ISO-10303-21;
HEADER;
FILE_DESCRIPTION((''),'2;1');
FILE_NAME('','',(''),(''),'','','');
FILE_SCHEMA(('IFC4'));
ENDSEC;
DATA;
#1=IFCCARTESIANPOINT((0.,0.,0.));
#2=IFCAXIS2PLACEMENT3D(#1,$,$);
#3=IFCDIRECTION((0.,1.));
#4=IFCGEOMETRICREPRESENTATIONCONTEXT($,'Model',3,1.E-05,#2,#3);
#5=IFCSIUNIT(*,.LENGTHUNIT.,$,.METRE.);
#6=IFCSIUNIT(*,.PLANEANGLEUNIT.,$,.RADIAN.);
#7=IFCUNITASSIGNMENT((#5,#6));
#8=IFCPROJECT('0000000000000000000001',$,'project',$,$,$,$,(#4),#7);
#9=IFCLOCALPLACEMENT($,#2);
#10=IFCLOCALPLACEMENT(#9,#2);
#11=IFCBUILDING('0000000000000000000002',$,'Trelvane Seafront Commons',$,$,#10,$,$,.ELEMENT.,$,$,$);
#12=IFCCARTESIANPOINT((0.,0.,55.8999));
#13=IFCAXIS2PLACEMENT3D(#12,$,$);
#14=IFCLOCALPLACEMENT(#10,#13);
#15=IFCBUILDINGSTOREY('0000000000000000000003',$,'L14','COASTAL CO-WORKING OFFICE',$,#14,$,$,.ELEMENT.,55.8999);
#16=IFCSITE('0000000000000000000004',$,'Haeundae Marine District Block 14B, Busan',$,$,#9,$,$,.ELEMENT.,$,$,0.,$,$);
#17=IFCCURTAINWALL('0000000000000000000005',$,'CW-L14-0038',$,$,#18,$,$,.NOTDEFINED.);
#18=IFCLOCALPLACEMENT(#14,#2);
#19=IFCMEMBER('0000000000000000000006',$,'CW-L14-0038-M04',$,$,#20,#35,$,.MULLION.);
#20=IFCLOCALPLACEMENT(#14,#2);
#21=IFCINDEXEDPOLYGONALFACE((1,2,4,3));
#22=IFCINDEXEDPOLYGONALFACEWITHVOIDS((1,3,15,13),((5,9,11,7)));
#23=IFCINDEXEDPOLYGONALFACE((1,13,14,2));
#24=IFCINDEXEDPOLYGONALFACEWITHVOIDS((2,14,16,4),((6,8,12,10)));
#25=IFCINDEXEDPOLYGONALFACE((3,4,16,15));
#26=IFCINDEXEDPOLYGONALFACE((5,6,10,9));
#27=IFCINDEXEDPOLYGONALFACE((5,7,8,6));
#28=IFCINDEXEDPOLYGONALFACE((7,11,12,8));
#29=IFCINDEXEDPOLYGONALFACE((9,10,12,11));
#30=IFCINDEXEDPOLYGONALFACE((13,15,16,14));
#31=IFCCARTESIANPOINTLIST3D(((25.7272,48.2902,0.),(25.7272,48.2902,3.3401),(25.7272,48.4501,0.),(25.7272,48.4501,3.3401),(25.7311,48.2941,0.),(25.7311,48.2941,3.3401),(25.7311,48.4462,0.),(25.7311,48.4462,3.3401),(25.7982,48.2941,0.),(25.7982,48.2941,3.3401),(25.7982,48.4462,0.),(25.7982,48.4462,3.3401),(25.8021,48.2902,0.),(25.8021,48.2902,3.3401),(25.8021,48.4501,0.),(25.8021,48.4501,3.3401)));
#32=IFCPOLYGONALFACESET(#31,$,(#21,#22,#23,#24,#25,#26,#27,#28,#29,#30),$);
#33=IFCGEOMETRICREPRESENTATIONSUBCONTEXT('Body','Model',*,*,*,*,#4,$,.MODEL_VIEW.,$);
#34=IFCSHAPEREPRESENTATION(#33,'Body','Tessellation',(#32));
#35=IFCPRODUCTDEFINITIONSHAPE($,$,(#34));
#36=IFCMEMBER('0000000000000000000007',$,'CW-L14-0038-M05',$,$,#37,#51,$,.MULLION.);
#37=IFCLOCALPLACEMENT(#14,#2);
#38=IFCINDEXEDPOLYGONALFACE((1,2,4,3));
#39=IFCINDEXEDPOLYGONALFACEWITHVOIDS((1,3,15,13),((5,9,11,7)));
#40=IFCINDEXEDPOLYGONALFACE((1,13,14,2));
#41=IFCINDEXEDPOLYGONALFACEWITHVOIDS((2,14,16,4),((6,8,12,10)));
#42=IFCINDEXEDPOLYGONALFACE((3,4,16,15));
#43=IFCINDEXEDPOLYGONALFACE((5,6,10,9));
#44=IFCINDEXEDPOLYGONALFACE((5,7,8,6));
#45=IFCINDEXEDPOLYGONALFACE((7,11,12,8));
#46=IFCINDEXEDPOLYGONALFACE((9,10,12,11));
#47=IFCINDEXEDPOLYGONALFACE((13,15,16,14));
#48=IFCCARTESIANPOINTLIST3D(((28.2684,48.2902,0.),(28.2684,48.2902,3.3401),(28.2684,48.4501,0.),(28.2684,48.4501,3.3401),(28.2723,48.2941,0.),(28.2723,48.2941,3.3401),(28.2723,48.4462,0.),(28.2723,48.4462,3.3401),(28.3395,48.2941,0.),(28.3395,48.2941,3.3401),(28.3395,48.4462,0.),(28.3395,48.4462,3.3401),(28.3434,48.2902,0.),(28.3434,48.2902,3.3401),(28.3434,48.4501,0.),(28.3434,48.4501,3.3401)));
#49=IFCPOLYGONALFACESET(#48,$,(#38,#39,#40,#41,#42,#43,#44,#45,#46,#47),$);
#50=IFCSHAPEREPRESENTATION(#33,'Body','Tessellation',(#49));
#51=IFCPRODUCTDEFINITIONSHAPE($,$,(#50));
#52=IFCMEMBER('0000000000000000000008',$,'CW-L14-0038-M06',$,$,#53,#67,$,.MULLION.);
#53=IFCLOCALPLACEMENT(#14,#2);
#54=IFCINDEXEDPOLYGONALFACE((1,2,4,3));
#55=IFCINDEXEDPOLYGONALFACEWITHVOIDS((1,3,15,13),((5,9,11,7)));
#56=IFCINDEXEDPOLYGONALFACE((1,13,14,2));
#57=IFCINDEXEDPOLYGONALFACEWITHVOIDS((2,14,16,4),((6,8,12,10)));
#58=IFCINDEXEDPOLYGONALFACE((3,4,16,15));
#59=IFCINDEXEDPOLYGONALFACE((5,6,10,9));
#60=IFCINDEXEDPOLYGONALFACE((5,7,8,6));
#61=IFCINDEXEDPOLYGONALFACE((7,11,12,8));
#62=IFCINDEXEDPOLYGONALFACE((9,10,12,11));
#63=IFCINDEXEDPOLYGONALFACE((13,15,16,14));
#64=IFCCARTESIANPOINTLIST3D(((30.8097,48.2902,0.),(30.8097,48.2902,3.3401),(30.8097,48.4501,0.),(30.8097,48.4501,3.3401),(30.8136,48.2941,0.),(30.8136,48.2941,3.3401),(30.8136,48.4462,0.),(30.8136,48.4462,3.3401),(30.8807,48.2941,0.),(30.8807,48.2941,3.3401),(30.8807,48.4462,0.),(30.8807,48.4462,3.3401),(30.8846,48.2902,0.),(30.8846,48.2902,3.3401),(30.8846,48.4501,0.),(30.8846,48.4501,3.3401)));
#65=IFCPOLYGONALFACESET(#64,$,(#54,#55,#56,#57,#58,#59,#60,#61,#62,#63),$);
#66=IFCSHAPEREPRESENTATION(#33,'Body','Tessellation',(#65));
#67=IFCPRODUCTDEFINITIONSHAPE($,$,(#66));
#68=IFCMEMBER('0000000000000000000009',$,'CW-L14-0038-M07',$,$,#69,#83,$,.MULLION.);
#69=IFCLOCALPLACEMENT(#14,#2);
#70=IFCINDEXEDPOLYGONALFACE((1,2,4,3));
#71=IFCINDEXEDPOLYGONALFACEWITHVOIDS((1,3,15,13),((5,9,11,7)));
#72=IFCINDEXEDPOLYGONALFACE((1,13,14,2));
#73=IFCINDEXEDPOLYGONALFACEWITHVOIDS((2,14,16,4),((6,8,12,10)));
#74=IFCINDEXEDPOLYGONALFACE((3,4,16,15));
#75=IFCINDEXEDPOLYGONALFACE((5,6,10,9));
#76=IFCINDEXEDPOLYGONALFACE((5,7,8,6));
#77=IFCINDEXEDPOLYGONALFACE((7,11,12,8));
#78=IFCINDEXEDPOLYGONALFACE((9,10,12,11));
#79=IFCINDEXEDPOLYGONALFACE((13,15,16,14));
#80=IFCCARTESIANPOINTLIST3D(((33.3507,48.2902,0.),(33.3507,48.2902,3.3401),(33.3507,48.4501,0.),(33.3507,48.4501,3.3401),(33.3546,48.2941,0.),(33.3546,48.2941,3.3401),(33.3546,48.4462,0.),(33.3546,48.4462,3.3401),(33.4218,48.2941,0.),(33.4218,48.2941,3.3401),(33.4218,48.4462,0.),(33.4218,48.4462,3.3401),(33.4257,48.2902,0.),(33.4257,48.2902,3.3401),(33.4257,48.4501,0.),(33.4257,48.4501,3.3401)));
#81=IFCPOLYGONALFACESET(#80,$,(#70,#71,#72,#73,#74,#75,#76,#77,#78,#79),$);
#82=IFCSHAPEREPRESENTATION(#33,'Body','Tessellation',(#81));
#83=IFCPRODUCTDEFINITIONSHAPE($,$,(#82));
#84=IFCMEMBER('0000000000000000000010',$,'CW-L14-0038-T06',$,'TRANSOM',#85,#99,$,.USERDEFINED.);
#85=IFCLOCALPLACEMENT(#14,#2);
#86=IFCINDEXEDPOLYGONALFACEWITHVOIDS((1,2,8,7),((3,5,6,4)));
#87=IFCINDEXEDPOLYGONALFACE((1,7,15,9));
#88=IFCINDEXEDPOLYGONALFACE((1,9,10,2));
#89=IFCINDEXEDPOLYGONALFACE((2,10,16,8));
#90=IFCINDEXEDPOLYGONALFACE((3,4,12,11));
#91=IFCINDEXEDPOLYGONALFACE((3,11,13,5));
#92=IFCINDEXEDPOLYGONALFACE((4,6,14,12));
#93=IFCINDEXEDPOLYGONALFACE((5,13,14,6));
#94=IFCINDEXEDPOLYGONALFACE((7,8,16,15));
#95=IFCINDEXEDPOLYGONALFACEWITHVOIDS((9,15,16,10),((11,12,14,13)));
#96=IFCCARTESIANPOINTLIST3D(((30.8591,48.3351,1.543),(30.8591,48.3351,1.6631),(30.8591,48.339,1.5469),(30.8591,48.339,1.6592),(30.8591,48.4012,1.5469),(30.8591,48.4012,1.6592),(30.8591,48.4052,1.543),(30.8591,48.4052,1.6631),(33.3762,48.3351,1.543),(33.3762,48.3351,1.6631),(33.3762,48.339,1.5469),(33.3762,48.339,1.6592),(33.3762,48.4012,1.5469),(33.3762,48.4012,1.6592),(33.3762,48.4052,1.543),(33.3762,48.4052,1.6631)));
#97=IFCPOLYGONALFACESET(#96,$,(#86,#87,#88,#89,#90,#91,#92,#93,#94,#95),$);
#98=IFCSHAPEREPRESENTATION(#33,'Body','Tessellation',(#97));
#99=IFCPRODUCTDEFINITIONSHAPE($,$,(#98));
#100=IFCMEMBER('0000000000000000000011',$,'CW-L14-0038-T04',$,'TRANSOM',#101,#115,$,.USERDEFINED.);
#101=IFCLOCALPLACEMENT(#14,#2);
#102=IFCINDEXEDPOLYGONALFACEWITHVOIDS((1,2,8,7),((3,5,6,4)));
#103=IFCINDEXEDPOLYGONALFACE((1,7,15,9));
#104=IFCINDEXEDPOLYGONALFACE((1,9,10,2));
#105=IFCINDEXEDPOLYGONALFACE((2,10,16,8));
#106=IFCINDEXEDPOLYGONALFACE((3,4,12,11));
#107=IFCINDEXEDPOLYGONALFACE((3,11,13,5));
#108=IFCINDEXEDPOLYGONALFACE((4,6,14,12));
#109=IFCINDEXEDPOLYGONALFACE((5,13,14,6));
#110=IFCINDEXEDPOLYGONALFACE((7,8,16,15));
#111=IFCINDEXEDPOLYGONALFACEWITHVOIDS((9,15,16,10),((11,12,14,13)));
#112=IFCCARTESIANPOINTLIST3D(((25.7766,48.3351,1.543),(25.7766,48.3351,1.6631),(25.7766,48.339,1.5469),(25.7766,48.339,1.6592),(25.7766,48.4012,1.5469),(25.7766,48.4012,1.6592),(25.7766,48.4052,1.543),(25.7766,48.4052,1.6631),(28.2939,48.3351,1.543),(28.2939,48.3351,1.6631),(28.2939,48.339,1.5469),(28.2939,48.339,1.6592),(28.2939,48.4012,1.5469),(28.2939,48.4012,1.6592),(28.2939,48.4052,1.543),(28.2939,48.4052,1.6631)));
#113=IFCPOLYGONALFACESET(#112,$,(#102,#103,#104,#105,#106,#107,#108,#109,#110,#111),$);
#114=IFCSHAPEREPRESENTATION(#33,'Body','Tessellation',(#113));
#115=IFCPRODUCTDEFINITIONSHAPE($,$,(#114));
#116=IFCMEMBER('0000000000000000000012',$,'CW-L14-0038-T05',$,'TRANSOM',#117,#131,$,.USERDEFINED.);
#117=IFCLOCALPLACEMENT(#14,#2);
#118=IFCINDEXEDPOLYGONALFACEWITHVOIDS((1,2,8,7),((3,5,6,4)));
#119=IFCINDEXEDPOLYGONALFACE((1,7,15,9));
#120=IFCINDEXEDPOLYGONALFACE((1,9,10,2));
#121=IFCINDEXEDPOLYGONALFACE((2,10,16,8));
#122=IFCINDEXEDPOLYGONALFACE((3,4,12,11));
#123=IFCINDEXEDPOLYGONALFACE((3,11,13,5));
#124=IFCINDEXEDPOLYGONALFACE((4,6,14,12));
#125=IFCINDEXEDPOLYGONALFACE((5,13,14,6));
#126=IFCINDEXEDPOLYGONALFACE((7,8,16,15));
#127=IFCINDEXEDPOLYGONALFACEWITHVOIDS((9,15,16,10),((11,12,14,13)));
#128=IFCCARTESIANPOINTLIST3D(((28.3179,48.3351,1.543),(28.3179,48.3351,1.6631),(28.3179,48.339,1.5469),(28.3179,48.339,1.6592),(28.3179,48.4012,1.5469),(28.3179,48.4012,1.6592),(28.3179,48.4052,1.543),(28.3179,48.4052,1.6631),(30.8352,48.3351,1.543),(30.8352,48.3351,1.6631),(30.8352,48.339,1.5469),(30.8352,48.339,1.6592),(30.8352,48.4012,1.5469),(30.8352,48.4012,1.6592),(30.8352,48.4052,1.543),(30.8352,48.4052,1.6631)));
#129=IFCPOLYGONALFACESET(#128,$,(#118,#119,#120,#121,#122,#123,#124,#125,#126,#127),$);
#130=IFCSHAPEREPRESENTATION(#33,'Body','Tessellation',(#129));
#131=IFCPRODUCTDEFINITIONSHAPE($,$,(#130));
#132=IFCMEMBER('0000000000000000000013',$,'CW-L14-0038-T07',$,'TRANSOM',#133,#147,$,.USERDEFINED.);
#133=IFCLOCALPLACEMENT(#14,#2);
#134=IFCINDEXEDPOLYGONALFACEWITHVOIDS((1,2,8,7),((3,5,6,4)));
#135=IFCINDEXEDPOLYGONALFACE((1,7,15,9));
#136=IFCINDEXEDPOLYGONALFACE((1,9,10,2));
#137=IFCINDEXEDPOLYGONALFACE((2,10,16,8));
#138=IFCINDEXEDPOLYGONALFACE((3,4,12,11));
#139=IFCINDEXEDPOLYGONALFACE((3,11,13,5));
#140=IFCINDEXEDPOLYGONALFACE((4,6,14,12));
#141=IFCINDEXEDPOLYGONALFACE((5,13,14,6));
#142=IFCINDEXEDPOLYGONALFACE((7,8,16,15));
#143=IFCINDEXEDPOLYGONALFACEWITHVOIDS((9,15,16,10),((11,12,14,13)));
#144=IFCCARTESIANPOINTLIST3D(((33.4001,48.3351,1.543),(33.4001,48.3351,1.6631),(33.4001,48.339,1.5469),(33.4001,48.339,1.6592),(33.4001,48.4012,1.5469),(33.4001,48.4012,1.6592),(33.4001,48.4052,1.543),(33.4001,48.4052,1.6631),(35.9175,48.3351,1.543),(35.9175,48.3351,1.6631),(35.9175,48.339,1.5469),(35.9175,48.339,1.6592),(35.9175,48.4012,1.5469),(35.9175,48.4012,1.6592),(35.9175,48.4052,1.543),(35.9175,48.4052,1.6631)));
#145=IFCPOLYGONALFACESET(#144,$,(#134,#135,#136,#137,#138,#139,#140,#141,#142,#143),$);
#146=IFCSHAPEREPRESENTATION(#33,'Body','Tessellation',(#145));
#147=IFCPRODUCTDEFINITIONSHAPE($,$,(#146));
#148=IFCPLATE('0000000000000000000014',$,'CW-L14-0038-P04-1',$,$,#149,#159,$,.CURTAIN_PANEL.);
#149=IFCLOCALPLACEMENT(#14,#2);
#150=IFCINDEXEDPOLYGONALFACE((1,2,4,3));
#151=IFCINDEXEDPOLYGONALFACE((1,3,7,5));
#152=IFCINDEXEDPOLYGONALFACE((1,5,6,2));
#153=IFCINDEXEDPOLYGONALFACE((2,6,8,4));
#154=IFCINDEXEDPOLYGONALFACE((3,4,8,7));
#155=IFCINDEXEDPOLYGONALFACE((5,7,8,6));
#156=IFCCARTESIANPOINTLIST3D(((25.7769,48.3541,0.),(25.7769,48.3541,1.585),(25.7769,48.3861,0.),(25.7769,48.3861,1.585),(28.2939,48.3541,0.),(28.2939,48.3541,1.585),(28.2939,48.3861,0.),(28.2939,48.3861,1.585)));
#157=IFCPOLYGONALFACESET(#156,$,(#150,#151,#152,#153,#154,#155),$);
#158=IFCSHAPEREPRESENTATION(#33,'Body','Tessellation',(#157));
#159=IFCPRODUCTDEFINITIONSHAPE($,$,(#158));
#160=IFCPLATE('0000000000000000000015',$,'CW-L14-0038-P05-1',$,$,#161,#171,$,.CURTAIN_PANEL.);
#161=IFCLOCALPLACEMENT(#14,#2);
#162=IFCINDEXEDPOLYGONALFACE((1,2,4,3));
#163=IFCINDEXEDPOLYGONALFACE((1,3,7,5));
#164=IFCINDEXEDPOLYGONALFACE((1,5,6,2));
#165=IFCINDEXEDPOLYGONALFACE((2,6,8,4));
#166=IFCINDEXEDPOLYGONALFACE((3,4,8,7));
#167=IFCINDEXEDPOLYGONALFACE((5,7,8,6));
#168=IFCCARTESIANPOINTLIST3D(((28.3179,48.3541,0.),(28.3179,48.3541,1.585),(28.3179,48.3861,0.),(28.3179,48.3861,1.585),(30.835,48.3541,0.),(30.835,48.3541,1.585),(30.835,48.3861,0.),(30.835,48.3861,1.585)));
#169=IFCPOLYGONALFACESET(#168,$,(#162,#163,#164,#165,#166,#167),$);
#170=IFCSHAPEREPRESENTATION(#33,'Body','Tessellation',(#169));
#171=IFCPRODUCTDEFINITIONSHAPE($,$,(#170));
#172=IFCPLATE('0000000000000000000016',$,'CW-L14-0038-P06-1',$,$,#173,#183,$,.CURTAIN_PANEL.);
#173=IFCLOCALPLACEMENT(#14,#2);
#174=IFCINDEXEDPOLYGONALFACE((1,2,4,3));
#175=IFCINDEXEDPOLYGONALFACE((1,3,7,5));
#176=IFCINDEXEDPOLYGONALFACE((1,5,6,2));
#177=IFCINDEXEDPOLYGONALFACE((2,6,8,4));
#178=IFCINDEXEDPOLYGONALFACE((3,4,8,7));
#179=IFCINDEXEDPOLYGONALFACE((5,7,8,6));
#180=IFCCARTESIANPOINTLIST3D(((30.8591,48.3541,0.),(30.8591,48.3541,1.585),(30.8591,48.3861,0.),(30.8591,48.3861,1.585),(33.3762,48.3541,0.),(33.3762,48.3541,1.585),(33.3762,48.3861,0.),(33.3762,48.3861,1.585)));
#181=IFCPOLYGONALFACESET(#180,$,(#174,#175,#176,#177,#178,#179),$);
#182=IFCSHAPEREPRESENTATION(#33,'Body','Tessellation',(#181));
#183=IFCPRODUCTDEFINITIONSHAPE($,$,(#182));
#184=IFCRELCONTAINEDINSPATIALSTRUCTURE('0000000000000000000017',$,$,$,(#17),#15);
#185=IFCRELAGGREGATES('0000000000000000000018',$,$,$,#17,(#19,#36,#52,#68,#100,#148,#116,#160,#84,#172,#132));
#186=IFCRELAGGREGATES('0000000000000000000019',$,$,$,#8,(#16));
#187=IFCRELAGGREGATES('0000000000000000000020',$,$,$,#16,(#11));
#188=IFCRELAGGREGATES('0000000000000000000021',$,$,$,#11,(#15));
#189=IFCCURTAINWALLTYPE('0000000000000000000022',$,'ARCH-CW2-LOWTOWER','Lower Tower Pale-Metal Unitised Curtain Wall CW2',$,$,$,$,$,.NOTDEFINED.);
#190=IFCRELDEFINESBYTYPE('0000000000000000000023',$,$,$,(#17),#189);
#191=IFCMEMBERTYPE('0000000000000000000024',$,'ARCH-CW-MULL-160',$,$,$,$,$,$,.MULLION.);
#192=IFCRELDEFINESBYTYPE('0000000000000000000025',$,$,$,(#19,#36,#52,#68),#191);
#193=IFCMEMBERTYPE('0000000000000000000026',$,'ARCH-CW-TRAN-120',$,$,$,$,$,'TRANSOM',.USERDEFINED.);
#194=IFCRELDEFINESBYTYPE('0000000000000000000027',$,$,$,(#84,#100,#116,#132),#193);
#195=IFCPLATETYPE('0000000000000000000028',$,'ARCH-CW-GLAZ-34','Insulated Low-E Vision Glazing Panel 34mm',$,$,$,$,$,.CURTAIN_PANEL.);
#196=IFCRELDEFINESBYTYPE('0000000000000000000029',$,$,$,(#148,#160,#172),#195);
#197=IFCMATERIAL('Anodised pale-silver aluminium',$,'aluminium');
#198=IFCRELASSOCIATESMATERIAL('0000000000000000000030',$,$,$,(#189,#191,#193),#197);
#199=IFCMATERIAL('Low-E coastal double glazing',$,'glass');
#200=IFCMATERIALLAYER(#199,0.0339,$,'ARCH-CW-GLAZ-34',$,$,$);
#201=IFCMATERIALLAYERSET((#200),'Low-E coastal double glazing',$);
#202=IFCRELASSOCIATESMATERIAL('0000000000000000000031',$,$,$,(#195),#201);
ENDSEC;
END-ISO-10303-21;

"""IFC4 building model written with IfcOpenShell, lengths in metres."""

from ifc_helpers import new_model, si_unit, direction, frame, origin, origin_2d, place, context, subcontext, project, spatial, rectangle, hollow_rectangle, extrude, source, transform, mapped, material, layer, layer_set, material_profile, profile_set, type_object, element, aggregate, save


model = new_model("IFC4")

# Units and contexts
model_context = context("Model", 3, precision=1e-05, world=origin(), true_north=direction((0.0, 1.0)))
body_context = subcontext(model_context, "Body", "Model", "MODEL_VIEW")
ifc_project = project(units=[si_unit("LENGTHUNIT", "METRE"), si_unit("PLANEANGLEUNIT", "RADIAN")], contexts=[model_context])

# Site, building, storey
site_placement = place(None, origin())
site = spatial("IfcSite", under=ifc_project, at=site_placement, Name="Haeundae Marine District Block 14B, Busan", CompositionType="ELEMENT", RefElevation=0.0)
building_placement = place(site_placement, origin())
building = spatial("IfcBuilding", under=site, at=building_placement, Name="Trelvane Seafront Commons", CompositionType="ELEMENT")
storey_placement = place(building_placement, frame((0.0, 0.0, 55.8999)))
storey = spatial("IfcBuildingStorey", under=building, at=storey_placement, Name="L14", Description="COASTAL CO-WORKING OFFICE", CompositionType="ELEMENT", Elevation=55.8999)

# Curtain wall, members, plates
ifc_material_1 = material(Name="Anodised pale-silver aluminium", Category="aluminium")
curtain_wall_type = type_object("IfcCurtainWallType", Name="ARCH-CW2-LOWTOWER", Description="Lower Tower Pale-Metal Unitised Curtain Wall CW2", PredefinedType="NOTDEFINED", material=ifc_material_1)
curtain_wall_placement = place(storey_placement, origin())
curtain_wall = element("IfcCurtainWall", 1, at=curtain_wall_placement, inside=storey, type_object=curtain_wall_type, Name="CW-L14-0038", PredefinedType="NOTDEFINED")
ifc_material_profile_1 = material_profile(ifc_material_1, hollow_rectangle(XDim=0.075, YDim=0.1599, WallThickness=0.0039, at=origin_2d()), Name="MULL-75x160x4")
ifc_profile_set_1 = profile_set([ifc_material_profile_1], Name="Anodised pale-silver aluminium")
member_type_1 = type_object("IfcMemberType", Name="ARCH-CW-MULL-160", PredefinedType="MULLION", material=ifc_profile_set_1)
shared_shape_1 = source(origin(), body_context, "Body", "SweptSolid", [
    extrude(hollow_rectangle(XDim=0.075, YDim=0.1599, WallThickness=0.0039, at=origin_2d()), origin(), (0.0, 0.0, 1.0), 3.3401),
])
member_1_placement = place(storey_placement, frame((25.7646, 48.3701, 0.0), z_axis=(0.0, 0.0, 1.0), x_axis=(1.0, 0.0, 0.0)))
member_1 = element("IfcMember", 2, at=member_1_placement, type_object=member_type_1, Name="CW-L14-0038-M04", PredefinedType="MULLION", context=body_context, shape_type="MappedRepresentation", body=[
    mapped(shared_shape_1, transform((0.0, 0.0, 0.0), x_axis=(1.0, 0.0, 0.0), y_axis=(0.0, 1.0, 0.0), z_axis=(0.0, 0.0, 1.0), scale=1.0)),
])
member_2_placement = place(storey_placement, frame((28.3059, 48.3701, 0.0), z_axis=(0.0, 0.0, 1.0), x_axis=(1.0, 0.0, 0.0)))
member_2 = element("IfcMember", 3, at=member_2_placement, type_object=member_type_1, Name="CW-L14-0038-M05", PredefinedType="MULLION", context=body_context, shape_type="MappedRepresentation", body=[
    mapped(shared_shape_1, transform((0.0, 0.0, 0.0), x_axis=(1.0, 0.0, 0.0), y_axis=(0.0, 1.0, 0.0), z_axis=(0.0, 0.0, 1.0), scale=1.0)),
])
member_3_placement = place(storey_placement, frame((30.8472, 48.3701, 0.0), z_axis=(0.0, 0.0, 1.0), x_axis=(1.0, 0.0, 0.0)))
member_3 = element("IfcMember", 4, at=member_3_placement, type_object=member_type_1, Name="CW-L14-0038-M06", PredefinedType="MULLION", context=body_context, shape_type="MappedRepresentation", body=[
    mapped(shared_shape_1, transform((0.0, 0.0, 0.0), x_axis=(1.0, 0.0, 0.0), y_axis=(0.0, 1.0, 0.0), z_axis=(0.0, 0.0, 1.0), scale=1.0)),
])
member_4_placement = place(storey_placement, frame((33.3882, 48.3701, 0.0), z_axis=(0.0, 0.0, 1.0), x_axis=(1.0, 0.0, 0.0)))
member_4 = element("IfcMember", 5, at=member_4_placement, type_object=member_type_1, Name="CW-L14-0038-M07", PredefinedType="MULLION", context=body_context, shape_type="MappedRepresentation", body=[
    mapped(shared_shape_1, transform((0.0, 0.0, 0.0), x_axis=(1.0, 0.0, 0.0), y_axis=(0.0, 1.0, 0.0), z_axis=(0.0, 0.0, 1.0), scale=1.0)),
])
ifc_material_profile_2 = material_profile(ifc_material_1, hollow_rectangle(XDim=0.0701, YDim=0.1201, WallThickness=0.0039, at=origin_2d()), Name="TRAN-70x120x4")
ifc_profile_set_2 = profile_set([ifc_material_profile_2], Name="Anodised pale-silver aluminium")
member_type_2 = type_object("IfcMemberType", Name="ARCH-CW-TRAN-120", ElementType="TRANSOM", PredefinedType="USERDEFINED", material=ifc_profile_set_2)
shared_shape_2 = source(origin(), body_context, "Body", "SweptSolid", [
    extrude(hollow_rectangle(XDim=0.0701, YDim=0.1201, WallThickness=0.0039, at=origin_2d()), origin(), (0.0, 0.0, 1.0), 2.5171),
])
member_5_placement = place(storey_placement, frame((30.8591, 48.3701, 1.603), z_axis=(1.0, 0.0, 0.0), x_axis=(0.0, 1.0, 0.0)))
member_5 = element("IfcMember", 6, at=member_5_placement, type_object=member_type_2, Name="CW-L14-0038-T06", ObjectType="TRANSOM", PredefinedType="USERDEFINED", context=body_context, shape_type="MappedRepresentation", body=[
    mapped(shared_shape_2, transform((0.0, 0.0, 0.0), x_axis=(1.0, 0.0, 0.0), y_axis=(0.0, 1.0, 0.0), z_axis=(0.0, 0.0, 1.0), scale=1.0)),
])
shared_shape_3 = source(origin(), body_context, "Body", "SweptSolid", [
    extrude(hollow_rectangle(XDim=0.0701, YDim=0.1201, WallThickness=0.0039, at=origin_2d()), origin(), (0.0, 0.0, 1.0), 2.5173),
])
member_6_placement = place(storey_placement, frame((25.7766, 48.3701, 1.603), z_axis=(1.0, 0.0, 0.0), x_axis=(0.0, 1.0, 0.0)))
member_6 = element("IfcMember", 7, at=member_6_placement, type_object=member_type_2, Name="CW-L14-0038-T04", ObjectType="TRANSOM", PredefinedType="USERDEFINED", context=body_context, shape_type="MappedRepresentation", body=[
    mapped(shared_shape_3, transform((0.0, 0.0, 0.0), x_axis=(1.0, 0.0, 0.0), y_axis=(0.0, 1.0, 0.0), z_axis=(0.0, 0.0, 1.0), scale=1.0)),
])
member_7_placement = place(storey_placement, frame((28.3179, 48.3701, 1.603), z_axis=(1.0, 0.0, 0.0), x_axis=(0.0, 1.0, 0.0)))
member_7 = element("IfcMember", 8, at=member_7_placement, type_object=member_type_2, Name="CW-L14-0038-T05", ObjectType="TRANSOM", PredefinedType="USERDEFINED", context=body_context, shape_type="MappedRepresentation", body=[
    mapped(shared_shape_3, transform((0.0, 0.0, 0.0), x_axis=(1.0, 0.0, 0.0), y_axis=(0.0, 1.0, 0.0), z_axis=(0.0, 0.0, 1.0), scale=1.0)),
])
member_8_placement = place(storey_placement, frame((33.4001, 48.3701, 1.603), z_axis=(1.0, 0.0, 0.0), x_axis=(0.0, 1.0, 0.0)))
member_8 = element("IfcMember", 9, at=member_8_placement, type_object=member_type_2, Name="CW-L14-0038-T07", ObjectType="TRANSOM", PredefinedType="USERDEFINED", context=body_context, shape_type="MappedRepresentation", body=[
    mapped(shared_shape_3, transform((0.0, 0.0, 0.0), x_axis=(1.0, 0.0, 0.0), y_axis=(0.0, 1.0, 0.0), z_axis=(0.0, 0.0, 1.0), scale=1.0)),
])
ifc_material_2 = material(Name="Low-E coastal double glazing", Category="glass")
ifc_layer_1 = layer(ifc_material_2, 0.0339, Name="ARCH-CW-GLAZ-34")
ifc_layer_set_1 = layer_set([ifc_layer_1], Name="Low-E coastal double glazing")
plate_type_1 = type_object("IfcPlateType", Name="ARCH-CW-GLAZ-34", Description="Insulated Low-E Vision Glazing Panel 34mm", PredefinedType="CURTAIN_PANEL", material=ifc_layer_set_1)
shared_shape_4 = source(origin(), body_context, "Body", "SweptSolid", [
    extrude(rectangle(XDim=2.5171, YDim=0.032, at=origin_2d()), origin(), (0.0, 0.0, 1.0), 1.585),
])
plate_1_placement = place(storey_placement, frame((27.0354, 48.3701, 0.0), z_axis=(0.0, 0.0, 1.0), x_axis=(1.0, 0.0, 0.0)))
plate_1 = element("IfcPlate", 10, at=plate_1_placement, type_object=plate_type_1, Name="CW-L14-0038-P04-1", PredefinedType="CURTAIN_PANEL", context=body_context, shape_type="MappedRepresentation", body=[
    mapped(shared_shape_4, transform((0.0, 0.0, 0.0), x_axis=(1.0, 0.0, 0.0), y_axis=(0.0, 1.0, 0.0), z_axis=(0.0, 0.0, 1.0), scale=1.0)),
])
plate_2_placement = place(storey_placement, frame((29.5764, 48.3701, 0.0), z_axis=(0.0, 0.0, 1.0), x_axis=(1.0, 0.0, 0.0)))
plate_2 = element("IfcPlate", 11, at=plate_2_placement, type_object=plate_type_1, Name="CW-L14-0038-P05-1", PredefinedType="CURTAIN_PANEL", context=body_context, shape_type="MappedRepresentation", body=[
    mapped(shared_shape_4, transform((0.0, 0.0, 0.0), x_axis=(1.0, 0.0, 0.0), y_axis=(0.0, 1.0, 0.0), z_axis=(0.0, 0.0, 1.0), scale=1.0)),
])
plate_3_placement = place(storey_placement, frame((32.1177, 48.3701, 0.0), z_axis=(0.0, 0.0, 1.0), x_axis=(1.0, 0.0, 0.0)))
plate_3 = element("IfcPlate", 12, at=plate_3_placement, type_object=plate_type_1, Name="CW-L14-0038-P06-1", PredefinedType="CURTAIN_PANEL", context=body_context, shape_type="MappedRepresentation", body=[
    mapped(shared_shape_4, transform((0.0, 0.0, 0.0), x_axis=(1.0, 0.0, 0.0), y_axis=(0.0, 1.0, 0.0), z_axis=(0.0, 0.0, 1.0), scale=1.0)),
])
aggregate(curtain_wall, [member_1, member_2, member_3, member_4, member_6, plate_1, member_7, plate_2, member_5, plate_3, member_8])

save(model, "model.ifc")
